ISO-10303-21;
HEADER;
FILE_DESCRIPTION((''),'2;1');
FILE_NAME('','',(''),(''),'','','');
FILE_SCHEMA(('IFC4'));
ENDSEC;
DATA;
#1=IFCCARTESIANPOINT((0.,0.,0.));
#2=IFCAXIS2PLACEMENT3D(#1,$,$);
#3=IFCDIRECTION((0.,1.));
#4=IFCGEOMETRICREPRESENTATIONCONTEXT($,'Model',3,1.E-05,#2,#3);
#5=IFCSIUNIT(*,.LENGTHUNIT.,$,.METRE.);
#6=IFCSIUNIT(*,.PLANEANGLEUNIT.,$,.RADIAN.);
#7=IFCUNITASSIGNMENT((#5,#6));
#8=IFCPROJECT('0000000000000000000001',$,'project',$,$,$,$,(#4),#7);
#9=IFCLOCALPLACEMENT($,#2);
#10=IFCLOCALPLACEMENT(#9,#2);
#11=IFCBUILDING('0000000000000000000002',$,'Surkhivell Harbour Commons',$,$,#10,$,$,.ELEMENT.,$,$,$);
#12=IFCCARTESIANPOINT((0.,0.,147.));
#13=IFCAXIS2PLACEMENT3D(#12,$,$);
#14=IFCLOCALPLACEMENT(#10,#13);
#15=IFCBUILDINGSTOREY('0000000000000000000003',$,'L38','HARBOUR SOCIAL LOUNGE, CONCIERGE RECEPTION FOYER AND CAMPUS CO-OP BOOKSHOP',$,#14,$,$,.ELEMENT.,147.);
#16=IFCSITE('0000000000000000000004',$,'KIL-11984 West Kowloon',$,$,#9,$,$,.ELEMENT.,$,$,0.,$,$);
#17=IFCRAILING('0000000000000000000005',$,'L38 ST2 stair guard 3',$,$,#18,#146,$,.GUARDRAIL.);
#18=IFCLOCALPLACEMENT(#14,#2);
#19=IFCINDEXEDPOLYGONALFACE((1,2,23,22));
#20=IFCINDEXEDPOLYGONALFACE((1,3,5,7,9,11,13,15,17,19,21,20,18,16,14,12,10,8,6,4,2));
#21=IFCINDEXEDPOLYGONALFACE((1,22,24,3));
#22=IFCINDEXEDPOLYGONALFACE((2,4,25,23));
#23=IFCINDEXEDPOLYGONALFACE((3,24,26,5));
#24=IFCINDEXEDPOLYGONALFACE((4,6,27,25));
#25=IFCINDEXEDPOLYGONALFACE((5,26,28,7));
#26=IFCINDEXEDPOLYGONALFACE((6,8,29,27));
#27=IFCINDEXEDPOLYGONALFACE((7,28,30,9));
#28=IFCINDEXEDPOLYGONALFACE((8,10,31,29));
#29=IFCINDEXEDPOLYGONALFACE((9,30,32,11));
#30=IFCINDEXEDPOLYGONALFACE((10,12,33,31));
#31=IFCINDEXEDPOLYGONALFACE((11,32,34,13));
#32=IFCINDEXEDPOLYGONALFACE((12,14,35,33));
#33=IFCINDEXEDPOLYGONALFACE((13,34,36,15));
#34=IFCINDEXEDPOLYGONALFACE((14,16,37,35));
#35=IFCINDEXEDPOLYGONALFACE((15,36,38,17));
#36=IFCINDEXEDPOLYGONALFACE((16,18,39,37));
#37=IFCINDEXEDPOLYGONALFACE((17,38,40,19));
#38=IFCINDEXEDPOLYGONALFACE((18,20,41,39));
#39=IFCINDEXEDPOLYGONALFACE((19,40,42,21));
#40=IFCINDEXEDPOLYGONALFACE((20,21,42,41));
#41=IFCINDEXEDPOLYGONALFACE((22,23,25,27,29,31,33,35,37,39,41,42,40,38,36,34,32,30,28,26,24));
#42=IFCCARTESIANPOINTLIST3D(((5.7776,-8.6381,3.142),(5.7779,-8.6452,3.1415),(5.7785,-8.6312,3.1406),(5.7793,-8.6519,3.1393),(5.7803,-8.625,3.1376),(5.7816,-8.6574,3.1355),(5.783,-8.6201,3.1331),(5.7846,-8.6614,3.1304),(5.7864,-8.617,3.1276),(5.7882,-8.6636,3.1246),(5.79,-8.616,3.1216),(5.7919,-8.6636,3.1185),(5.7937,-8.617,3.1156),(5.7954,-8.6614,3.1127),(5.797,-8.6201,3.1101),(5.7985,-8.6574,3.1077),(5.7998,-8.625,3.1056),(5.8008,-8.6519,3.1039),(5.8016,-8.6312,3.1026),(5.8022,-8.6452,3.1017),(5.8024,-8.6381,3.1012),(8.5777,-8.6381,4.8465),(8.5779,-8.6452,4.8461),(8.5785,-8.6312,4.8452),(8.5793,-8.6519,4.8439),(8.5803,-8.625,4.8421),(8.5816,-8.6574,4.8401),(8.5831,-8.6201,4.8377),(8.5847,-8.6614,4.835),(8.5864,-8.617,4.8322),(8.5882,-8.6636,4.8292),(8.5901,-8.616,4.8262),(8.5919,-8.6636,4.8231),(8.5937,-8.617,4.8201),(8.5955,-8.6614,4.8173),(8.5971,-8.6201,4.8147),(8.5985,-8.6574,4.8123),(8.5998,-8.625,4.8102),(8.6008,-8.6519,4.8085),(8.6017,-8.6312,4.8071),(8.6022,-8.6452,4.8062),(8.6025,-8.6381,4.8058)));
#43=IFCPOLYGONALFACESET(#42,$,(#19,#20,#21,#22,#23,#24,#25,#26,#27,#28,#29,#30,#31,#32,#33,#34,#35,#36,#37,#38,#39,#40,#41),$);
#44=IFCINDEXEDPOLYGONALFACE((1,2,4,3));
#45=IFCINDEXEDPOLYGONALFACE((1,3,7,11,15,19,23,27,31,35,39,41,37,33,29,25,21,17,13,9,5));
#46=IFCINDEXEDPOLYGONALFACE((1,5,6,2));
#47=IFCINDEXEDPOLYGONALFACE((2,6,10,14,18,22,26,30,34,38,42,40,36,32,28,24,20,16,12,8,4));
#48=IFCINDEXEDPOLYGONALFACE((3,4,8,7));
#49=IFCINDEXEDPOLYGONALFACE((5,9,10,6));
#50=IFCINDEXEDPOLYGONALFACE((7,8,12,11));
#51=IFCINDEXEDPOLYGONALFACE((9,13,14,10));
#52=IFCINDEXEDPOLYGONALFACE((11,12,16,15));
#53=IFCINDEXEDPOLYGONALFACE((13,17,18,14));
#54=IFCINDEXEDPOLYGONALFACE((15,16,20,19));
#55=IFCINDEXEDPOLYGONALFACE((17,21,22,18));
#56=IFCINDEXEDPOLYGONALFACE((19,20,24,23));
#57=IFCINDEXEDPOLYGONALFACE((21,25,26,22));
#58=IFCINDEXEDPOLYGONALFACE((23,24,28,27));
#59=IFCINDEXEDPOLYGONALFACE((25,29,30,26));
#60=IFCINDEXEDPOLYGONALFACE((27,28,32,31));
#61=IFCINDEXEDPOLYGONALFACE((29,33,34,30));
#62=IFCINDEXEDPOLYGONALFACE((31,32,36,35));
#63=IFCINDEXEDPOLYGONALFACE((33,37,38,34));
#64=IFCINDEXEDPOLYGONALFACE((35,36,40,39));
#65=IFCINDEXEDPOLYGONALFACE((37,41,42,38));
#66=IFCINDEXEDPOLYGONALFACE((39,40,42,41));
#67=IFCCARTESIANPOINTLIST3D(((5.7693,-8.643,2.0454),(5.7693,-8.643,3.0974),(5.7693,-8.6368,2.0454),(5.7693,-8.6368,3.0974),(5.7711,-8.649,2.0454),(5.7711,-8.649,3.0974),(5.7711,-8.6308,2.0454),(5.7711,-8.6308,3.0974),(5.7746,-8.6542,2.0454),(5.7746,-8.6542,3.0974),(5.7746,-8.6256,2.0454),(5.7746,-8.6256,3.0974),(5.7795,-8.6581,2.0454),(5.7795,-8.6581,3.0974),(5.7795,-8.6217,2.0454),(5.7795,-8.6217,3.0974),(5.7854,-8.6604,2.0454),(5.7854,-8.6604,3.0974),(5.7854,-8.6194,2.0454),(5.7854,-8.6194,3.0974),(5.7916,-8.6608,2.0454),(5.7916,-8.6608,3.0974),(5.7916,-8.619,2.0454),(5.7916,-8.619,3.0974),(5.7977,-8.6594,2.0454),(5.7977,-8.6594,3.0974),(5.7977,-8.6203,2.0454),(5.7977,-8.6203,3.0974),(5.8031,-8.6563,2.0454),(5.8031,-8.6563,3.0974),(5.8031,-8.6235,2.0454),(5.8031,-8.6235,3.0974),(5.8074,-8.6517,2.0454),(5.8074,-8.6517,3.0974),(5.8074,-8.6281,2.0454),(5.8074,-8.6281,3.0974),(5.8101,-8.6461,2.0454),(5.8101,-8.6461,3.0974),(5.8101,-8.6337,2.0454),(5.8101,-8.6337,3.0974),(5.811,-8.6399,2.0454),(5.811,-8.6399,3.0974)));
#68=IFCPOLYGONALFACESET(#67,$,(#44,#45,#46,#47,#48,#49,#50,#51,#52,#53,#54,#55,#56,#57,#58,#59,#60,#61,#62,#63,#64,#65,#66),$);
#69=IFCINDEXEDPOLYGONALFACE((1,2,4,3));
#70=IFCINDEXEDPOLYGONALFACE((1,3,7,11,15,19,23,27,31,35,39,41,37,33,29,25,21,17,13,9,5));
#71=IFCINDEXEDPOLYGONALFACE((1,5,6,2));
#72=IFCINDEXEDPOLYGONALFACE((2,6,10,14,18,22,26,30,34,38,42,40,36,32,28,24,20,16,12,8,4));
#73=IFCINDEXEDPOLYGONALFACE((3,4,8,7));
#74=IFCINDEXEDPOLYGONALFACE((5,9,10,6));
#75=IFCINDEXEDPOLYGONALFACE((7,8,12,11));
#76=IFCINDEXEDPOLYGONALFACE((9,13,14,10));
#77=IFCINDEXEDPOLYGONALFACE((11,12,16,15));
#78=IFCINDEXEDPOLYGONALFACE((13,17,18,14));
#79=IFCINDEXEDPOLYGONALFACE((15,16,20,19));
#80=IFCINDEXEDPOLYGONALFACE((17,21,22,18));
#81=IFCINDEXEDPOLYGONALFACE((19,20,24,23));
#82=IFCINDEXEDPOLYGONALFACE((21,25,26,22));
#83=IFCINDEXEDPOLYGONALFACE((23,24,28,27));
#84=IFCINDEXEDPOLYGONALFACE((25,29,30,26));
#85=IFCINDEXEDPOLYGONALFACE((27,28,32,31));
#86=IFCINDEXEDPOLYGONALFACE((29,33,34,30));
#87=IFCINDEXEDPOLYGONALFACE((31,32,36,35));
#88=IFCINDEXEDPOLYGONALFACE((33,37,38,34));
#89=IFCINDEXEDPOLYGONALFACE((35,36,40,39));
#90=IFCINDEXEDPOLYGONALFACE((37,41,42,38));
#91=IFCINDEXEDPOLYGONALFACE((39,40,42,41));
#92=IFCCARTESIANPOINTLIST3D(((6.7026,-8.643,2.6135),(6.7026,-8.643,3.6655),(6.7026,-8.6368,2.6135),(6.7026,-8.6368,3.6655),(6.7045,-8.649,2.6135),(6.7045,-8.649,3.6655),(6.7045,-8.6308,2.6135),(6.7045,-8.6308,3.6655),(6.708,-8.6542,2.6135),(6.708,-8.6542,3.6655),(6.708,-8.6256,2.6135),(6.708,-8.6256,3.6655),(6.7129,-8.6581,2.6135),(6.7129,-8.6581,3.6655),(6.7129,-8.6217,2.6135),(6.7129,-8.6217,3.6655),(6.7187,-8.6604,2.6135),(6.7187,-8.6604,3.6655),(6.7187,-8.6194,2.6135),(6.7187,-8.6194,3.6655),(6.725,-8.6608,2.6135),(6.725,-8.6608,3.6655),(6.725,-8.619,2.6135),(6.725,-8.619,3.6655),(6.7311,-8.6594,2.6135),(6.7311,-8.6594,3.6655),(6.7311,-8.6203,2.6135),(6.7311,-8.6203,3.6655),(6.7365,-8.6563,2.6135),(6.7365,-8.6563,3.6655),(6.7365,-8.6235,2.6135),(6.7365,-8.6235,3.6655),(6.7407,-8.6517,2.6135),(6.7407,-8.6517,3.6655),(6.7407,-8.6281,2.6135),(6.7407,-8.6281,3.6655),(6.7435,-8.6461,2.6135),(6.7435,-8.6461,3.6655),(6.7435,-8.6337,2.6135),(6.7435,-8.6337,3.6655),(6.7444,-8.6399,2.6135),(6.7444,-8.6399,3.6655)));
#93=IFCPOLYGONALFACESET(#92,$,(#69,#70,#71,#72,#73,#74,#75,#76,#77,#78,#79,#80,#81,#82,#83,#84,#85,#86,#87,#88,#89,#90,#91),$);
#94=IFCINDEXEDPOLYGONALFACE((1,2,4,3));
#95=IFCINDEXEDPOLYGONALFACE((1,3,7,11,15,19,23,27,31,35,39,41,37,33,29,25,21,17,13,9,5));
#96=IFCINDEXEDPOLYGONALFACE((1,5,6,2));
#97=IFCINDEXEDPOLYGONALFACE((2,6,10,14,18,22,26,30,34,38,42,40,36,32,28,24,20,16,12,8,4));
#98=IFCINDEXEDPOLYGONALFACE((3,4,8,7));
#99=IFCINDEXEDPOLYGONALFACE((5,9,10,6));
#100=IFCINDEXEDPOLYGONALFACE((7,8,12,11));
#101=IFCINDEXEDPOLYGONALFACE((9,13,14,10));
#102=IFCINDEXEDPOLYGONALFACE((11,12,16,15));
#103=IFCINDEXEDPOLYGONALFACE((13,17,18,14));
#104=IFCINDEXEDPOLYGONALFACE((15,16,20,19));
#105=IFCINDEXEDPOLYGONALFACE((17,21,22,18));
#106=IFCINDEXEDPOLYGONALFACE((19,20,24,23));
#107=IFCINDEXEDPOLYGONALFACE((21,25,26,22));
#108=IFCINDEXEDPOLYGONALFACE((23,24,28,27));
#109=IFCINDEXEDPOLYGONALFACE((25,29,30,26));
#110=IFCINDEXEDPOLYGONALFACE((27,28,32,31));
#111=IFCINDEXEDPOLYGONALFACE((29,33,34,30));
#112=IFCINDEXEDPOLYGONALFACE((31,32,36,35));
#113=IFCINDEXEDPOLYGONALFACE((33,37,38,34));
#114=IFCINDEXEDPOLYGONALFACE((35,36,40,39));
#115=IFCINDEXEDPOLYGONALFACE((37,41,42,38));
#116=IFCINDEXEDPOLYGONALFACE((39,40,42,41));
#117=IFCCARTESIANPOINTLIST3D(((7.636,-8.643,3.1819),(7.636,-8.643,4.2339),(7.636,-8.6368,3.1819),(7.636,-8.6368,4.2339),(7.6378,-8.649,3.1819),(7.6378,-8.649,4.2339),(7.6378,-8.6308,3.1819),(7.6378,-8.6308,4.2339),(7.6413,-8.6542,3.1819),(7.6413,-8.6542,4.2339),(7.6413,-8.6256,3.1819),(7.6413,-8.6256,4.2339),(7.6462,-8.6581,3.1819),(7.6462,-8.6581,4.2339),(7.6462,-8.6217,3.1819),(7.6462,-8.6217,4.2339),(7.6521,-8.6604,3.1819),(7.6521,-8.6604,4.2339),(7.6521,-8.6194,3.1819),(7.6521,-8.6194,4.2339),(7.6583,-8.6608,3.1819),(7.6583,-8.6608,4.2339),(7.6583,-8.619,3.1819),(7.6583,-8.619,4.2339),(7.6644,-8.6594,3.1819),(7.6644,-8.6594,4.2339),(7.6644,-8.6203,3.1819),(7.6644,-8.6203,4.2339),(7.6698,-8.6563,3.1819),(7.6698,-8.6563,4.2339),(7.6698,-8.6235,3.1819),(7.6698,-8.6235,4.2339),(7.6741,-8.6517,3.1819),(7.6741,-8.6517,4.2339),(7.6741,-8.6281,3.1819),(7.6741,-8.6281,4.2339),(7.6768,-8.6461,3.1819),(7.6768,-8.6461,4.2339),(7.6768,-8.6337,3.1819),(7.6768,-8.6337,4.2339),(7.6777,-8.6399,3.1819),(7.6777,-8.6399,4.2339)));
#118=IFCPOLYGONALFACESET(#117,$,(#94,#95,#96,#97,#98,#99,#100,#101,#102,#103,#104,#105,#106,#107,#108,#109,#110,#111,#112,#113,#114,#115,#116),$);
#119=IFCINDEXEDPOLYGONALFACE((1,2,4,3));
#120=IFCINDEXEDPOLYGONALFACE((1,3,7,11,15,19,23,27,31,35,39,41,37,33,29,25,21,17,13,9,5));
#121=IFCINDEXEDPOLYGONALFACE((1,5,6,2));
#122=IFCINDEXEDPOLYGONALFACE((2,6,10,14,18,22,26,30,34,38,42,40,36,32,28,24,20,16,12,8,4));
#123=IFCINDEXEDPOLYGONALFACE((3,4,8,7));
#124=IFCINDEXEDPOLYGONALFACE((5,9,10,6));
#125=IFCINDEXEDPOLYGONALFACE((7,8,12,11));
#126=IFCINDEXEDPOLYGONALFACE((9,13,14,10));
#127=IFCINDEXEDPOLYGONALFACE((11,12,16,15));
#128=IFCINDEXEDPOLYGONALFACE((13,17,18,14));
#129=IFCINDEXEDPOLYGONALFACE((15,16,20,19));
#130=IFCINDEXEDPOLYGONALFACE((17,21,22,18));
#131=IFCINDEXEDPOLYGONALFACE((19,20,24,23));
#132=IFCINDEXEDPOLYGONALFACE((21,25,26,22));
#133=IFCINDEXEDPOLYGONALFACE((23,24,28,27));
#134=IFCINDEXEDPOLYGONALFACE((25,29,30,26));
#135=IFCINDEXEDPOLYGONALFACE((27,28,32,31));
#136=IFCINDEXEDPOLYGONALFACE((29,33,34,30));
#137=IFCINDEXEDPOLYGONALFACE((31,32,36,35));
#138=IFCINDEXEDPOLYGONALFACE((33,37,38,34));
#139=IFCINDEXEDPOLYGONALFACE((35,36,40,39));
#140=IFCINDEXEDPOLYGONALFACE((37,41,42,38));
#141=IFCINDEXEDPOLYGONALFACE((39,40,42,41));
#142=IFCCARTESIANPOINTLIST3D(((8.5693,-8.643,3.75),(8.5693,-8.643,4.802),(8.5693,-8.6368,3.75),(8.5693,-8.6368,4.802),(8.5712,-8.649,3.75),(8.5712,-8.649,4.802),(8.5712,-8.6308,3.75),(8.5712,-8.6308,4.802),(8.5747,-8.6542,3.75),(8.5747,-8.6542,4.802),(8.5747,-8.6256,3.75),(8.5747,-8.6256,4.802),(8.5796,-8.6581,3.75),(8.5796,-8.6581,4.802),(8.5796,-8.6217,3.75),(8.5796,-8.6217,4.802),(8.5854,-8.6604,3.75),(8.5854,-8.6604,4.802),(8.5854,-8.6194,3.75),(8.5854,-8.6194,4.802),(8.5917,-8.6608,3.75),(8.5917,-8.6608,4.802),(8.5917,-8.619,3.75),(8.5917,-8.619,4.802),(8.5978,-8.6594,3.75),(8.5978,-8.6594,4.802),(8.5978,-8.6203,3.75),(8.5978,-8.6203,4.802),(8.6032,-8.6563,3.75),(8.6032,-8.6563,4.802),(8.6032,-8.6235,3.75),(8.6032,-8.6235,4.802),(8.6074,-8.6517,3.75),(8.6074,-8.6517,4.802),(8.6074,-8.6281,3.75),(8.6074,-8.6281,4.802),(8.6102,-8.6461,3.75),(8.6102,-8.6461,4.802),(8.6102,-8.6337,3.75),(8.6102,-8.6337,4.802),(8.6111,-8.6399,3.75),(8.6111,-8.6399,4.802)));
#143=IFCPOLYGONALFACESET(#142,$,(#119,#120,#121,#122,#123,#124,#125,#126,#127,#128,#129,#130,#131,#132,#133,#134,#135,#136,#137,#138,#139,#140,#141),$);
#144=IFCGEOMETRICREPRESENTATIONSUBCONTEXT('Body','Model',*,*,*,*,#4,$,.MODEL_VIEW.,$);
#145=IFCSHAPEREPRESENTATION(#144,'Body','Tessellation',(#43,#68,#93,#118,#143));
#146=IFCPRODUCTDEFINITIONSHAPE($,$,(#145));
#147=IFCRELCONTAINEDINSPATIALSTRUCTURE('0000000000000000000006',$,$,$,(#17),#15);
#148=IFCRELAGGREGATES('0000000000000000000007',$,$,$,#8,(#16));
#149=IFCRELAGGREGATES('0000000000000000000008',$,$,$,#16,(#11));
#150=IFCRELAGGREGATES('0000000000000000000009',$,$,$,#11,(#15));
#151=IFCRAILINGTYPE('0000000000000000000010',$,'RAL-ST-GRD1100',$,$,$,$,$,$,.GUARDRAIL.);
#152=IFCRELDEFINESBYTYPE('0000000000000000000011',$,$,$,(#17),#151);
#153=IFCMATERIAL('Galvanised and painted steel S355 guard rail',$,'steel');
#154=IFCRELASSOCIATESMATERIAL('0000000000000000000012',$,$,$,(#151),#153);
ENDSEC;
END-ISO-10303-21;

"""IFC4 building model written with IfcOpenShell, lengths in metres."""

from ifc_helpers import new_model, si_unit, direction, frame, origin, origin_2d, place, context, subcontext, project, spatial, circle, extrude, material, type_object, element, save


model = new_model("IFC4")

# Units and contexts
model_context = context("Model", 3, precision=1e-05, world=origin(), true_north=direction((0.0, 1.0)))
body_context = subcontext(model_context, "Body", "Model", "MODEL_VIEW")
ifc_project = project(units=[si_unit("LENGTHUNIT", "METRE"), si_unit("PLANEANGLEUNIT", "RADIAN")], contexts=[model_context])

# Site, building, storey
site_placement = place(None, origin())
site = spatial("IfcSite", under=ifc_project, at=site_placement, Name="KIL-11984 West Kowloon", CompositionType="ELEMENT", RefElevation=0.0)
building_placement = place(site_placement, origin())
building = spatial("IfcBuilding", under=site, at=building_placement, Name="Surkhivell Harbour Commons", CompositionType="ELEMENT")
storey_placement = place(building_placement, frame((0.0, 0.0, 147.0)))
storey = spatial("IfcBuildingStorey", under=building, at=storey_placement, Name="L38", Description="HARBOUR SOCIAL LOUNGE, CONCIERGE RECEPTION FOYER AND CAMPUS CO-OP BOOKSHOP", CompositionType="ELEMENT", Elevation=147.0)

# Railing
ifc_material_1 = material(Name="Galvanised and painted steel S355 guard rail", Category="steel")
railing_type_1 = type_object("IfcRailingType", Name="RAL-ST-GRD1100", PredefinedType="GUARDRAIL", material=ifc_material_1)
railing_1_placement = place(storey_placement, frame((5.79, -8.6399, 2.0454)))
element("IfcRailing", 1, at=railing_1_placement, inside=storey, type_object=railing_type_1, Name="L38 ST2 stair guard 3", PredefinedType="GUARDRAIL", context=body_context, shape_type="SweptSolid", body=[
    extrude(circle(Radius=0.0239, at=origin_2d()), frame((0.0, 0.0, 1.0762), z_axis=(0.85417, 0.0, 0.519994), x_axis=(0.0, 1.0, 0.0)), (0.0, 0.0, 1.0), 3.2781),
    extrude(circle(Radius=0.021, at=origin_2d()), origin(), (0.0, 0.0, 1.0), 1.052),
    extrude(circle(Radius=0.021, at=origin_2d()), frame((0.9333, 0.0, 0.5681)), (0.0, 0.0, 1.0), 1.052),
    extrude(circle(Radius=0.021, at=origin_2d()), frame((1.8667, 0.0, 1.1365)), (0.0, 0.0, 1.0), 1.052),
    extrude(circle(Radius=0.021, at=origin_2d()), frame((2.8, 0.0, 1.7046)), (0.0, 0.0, 1.0), 1.052),
])

save(model, "model.ifc")
